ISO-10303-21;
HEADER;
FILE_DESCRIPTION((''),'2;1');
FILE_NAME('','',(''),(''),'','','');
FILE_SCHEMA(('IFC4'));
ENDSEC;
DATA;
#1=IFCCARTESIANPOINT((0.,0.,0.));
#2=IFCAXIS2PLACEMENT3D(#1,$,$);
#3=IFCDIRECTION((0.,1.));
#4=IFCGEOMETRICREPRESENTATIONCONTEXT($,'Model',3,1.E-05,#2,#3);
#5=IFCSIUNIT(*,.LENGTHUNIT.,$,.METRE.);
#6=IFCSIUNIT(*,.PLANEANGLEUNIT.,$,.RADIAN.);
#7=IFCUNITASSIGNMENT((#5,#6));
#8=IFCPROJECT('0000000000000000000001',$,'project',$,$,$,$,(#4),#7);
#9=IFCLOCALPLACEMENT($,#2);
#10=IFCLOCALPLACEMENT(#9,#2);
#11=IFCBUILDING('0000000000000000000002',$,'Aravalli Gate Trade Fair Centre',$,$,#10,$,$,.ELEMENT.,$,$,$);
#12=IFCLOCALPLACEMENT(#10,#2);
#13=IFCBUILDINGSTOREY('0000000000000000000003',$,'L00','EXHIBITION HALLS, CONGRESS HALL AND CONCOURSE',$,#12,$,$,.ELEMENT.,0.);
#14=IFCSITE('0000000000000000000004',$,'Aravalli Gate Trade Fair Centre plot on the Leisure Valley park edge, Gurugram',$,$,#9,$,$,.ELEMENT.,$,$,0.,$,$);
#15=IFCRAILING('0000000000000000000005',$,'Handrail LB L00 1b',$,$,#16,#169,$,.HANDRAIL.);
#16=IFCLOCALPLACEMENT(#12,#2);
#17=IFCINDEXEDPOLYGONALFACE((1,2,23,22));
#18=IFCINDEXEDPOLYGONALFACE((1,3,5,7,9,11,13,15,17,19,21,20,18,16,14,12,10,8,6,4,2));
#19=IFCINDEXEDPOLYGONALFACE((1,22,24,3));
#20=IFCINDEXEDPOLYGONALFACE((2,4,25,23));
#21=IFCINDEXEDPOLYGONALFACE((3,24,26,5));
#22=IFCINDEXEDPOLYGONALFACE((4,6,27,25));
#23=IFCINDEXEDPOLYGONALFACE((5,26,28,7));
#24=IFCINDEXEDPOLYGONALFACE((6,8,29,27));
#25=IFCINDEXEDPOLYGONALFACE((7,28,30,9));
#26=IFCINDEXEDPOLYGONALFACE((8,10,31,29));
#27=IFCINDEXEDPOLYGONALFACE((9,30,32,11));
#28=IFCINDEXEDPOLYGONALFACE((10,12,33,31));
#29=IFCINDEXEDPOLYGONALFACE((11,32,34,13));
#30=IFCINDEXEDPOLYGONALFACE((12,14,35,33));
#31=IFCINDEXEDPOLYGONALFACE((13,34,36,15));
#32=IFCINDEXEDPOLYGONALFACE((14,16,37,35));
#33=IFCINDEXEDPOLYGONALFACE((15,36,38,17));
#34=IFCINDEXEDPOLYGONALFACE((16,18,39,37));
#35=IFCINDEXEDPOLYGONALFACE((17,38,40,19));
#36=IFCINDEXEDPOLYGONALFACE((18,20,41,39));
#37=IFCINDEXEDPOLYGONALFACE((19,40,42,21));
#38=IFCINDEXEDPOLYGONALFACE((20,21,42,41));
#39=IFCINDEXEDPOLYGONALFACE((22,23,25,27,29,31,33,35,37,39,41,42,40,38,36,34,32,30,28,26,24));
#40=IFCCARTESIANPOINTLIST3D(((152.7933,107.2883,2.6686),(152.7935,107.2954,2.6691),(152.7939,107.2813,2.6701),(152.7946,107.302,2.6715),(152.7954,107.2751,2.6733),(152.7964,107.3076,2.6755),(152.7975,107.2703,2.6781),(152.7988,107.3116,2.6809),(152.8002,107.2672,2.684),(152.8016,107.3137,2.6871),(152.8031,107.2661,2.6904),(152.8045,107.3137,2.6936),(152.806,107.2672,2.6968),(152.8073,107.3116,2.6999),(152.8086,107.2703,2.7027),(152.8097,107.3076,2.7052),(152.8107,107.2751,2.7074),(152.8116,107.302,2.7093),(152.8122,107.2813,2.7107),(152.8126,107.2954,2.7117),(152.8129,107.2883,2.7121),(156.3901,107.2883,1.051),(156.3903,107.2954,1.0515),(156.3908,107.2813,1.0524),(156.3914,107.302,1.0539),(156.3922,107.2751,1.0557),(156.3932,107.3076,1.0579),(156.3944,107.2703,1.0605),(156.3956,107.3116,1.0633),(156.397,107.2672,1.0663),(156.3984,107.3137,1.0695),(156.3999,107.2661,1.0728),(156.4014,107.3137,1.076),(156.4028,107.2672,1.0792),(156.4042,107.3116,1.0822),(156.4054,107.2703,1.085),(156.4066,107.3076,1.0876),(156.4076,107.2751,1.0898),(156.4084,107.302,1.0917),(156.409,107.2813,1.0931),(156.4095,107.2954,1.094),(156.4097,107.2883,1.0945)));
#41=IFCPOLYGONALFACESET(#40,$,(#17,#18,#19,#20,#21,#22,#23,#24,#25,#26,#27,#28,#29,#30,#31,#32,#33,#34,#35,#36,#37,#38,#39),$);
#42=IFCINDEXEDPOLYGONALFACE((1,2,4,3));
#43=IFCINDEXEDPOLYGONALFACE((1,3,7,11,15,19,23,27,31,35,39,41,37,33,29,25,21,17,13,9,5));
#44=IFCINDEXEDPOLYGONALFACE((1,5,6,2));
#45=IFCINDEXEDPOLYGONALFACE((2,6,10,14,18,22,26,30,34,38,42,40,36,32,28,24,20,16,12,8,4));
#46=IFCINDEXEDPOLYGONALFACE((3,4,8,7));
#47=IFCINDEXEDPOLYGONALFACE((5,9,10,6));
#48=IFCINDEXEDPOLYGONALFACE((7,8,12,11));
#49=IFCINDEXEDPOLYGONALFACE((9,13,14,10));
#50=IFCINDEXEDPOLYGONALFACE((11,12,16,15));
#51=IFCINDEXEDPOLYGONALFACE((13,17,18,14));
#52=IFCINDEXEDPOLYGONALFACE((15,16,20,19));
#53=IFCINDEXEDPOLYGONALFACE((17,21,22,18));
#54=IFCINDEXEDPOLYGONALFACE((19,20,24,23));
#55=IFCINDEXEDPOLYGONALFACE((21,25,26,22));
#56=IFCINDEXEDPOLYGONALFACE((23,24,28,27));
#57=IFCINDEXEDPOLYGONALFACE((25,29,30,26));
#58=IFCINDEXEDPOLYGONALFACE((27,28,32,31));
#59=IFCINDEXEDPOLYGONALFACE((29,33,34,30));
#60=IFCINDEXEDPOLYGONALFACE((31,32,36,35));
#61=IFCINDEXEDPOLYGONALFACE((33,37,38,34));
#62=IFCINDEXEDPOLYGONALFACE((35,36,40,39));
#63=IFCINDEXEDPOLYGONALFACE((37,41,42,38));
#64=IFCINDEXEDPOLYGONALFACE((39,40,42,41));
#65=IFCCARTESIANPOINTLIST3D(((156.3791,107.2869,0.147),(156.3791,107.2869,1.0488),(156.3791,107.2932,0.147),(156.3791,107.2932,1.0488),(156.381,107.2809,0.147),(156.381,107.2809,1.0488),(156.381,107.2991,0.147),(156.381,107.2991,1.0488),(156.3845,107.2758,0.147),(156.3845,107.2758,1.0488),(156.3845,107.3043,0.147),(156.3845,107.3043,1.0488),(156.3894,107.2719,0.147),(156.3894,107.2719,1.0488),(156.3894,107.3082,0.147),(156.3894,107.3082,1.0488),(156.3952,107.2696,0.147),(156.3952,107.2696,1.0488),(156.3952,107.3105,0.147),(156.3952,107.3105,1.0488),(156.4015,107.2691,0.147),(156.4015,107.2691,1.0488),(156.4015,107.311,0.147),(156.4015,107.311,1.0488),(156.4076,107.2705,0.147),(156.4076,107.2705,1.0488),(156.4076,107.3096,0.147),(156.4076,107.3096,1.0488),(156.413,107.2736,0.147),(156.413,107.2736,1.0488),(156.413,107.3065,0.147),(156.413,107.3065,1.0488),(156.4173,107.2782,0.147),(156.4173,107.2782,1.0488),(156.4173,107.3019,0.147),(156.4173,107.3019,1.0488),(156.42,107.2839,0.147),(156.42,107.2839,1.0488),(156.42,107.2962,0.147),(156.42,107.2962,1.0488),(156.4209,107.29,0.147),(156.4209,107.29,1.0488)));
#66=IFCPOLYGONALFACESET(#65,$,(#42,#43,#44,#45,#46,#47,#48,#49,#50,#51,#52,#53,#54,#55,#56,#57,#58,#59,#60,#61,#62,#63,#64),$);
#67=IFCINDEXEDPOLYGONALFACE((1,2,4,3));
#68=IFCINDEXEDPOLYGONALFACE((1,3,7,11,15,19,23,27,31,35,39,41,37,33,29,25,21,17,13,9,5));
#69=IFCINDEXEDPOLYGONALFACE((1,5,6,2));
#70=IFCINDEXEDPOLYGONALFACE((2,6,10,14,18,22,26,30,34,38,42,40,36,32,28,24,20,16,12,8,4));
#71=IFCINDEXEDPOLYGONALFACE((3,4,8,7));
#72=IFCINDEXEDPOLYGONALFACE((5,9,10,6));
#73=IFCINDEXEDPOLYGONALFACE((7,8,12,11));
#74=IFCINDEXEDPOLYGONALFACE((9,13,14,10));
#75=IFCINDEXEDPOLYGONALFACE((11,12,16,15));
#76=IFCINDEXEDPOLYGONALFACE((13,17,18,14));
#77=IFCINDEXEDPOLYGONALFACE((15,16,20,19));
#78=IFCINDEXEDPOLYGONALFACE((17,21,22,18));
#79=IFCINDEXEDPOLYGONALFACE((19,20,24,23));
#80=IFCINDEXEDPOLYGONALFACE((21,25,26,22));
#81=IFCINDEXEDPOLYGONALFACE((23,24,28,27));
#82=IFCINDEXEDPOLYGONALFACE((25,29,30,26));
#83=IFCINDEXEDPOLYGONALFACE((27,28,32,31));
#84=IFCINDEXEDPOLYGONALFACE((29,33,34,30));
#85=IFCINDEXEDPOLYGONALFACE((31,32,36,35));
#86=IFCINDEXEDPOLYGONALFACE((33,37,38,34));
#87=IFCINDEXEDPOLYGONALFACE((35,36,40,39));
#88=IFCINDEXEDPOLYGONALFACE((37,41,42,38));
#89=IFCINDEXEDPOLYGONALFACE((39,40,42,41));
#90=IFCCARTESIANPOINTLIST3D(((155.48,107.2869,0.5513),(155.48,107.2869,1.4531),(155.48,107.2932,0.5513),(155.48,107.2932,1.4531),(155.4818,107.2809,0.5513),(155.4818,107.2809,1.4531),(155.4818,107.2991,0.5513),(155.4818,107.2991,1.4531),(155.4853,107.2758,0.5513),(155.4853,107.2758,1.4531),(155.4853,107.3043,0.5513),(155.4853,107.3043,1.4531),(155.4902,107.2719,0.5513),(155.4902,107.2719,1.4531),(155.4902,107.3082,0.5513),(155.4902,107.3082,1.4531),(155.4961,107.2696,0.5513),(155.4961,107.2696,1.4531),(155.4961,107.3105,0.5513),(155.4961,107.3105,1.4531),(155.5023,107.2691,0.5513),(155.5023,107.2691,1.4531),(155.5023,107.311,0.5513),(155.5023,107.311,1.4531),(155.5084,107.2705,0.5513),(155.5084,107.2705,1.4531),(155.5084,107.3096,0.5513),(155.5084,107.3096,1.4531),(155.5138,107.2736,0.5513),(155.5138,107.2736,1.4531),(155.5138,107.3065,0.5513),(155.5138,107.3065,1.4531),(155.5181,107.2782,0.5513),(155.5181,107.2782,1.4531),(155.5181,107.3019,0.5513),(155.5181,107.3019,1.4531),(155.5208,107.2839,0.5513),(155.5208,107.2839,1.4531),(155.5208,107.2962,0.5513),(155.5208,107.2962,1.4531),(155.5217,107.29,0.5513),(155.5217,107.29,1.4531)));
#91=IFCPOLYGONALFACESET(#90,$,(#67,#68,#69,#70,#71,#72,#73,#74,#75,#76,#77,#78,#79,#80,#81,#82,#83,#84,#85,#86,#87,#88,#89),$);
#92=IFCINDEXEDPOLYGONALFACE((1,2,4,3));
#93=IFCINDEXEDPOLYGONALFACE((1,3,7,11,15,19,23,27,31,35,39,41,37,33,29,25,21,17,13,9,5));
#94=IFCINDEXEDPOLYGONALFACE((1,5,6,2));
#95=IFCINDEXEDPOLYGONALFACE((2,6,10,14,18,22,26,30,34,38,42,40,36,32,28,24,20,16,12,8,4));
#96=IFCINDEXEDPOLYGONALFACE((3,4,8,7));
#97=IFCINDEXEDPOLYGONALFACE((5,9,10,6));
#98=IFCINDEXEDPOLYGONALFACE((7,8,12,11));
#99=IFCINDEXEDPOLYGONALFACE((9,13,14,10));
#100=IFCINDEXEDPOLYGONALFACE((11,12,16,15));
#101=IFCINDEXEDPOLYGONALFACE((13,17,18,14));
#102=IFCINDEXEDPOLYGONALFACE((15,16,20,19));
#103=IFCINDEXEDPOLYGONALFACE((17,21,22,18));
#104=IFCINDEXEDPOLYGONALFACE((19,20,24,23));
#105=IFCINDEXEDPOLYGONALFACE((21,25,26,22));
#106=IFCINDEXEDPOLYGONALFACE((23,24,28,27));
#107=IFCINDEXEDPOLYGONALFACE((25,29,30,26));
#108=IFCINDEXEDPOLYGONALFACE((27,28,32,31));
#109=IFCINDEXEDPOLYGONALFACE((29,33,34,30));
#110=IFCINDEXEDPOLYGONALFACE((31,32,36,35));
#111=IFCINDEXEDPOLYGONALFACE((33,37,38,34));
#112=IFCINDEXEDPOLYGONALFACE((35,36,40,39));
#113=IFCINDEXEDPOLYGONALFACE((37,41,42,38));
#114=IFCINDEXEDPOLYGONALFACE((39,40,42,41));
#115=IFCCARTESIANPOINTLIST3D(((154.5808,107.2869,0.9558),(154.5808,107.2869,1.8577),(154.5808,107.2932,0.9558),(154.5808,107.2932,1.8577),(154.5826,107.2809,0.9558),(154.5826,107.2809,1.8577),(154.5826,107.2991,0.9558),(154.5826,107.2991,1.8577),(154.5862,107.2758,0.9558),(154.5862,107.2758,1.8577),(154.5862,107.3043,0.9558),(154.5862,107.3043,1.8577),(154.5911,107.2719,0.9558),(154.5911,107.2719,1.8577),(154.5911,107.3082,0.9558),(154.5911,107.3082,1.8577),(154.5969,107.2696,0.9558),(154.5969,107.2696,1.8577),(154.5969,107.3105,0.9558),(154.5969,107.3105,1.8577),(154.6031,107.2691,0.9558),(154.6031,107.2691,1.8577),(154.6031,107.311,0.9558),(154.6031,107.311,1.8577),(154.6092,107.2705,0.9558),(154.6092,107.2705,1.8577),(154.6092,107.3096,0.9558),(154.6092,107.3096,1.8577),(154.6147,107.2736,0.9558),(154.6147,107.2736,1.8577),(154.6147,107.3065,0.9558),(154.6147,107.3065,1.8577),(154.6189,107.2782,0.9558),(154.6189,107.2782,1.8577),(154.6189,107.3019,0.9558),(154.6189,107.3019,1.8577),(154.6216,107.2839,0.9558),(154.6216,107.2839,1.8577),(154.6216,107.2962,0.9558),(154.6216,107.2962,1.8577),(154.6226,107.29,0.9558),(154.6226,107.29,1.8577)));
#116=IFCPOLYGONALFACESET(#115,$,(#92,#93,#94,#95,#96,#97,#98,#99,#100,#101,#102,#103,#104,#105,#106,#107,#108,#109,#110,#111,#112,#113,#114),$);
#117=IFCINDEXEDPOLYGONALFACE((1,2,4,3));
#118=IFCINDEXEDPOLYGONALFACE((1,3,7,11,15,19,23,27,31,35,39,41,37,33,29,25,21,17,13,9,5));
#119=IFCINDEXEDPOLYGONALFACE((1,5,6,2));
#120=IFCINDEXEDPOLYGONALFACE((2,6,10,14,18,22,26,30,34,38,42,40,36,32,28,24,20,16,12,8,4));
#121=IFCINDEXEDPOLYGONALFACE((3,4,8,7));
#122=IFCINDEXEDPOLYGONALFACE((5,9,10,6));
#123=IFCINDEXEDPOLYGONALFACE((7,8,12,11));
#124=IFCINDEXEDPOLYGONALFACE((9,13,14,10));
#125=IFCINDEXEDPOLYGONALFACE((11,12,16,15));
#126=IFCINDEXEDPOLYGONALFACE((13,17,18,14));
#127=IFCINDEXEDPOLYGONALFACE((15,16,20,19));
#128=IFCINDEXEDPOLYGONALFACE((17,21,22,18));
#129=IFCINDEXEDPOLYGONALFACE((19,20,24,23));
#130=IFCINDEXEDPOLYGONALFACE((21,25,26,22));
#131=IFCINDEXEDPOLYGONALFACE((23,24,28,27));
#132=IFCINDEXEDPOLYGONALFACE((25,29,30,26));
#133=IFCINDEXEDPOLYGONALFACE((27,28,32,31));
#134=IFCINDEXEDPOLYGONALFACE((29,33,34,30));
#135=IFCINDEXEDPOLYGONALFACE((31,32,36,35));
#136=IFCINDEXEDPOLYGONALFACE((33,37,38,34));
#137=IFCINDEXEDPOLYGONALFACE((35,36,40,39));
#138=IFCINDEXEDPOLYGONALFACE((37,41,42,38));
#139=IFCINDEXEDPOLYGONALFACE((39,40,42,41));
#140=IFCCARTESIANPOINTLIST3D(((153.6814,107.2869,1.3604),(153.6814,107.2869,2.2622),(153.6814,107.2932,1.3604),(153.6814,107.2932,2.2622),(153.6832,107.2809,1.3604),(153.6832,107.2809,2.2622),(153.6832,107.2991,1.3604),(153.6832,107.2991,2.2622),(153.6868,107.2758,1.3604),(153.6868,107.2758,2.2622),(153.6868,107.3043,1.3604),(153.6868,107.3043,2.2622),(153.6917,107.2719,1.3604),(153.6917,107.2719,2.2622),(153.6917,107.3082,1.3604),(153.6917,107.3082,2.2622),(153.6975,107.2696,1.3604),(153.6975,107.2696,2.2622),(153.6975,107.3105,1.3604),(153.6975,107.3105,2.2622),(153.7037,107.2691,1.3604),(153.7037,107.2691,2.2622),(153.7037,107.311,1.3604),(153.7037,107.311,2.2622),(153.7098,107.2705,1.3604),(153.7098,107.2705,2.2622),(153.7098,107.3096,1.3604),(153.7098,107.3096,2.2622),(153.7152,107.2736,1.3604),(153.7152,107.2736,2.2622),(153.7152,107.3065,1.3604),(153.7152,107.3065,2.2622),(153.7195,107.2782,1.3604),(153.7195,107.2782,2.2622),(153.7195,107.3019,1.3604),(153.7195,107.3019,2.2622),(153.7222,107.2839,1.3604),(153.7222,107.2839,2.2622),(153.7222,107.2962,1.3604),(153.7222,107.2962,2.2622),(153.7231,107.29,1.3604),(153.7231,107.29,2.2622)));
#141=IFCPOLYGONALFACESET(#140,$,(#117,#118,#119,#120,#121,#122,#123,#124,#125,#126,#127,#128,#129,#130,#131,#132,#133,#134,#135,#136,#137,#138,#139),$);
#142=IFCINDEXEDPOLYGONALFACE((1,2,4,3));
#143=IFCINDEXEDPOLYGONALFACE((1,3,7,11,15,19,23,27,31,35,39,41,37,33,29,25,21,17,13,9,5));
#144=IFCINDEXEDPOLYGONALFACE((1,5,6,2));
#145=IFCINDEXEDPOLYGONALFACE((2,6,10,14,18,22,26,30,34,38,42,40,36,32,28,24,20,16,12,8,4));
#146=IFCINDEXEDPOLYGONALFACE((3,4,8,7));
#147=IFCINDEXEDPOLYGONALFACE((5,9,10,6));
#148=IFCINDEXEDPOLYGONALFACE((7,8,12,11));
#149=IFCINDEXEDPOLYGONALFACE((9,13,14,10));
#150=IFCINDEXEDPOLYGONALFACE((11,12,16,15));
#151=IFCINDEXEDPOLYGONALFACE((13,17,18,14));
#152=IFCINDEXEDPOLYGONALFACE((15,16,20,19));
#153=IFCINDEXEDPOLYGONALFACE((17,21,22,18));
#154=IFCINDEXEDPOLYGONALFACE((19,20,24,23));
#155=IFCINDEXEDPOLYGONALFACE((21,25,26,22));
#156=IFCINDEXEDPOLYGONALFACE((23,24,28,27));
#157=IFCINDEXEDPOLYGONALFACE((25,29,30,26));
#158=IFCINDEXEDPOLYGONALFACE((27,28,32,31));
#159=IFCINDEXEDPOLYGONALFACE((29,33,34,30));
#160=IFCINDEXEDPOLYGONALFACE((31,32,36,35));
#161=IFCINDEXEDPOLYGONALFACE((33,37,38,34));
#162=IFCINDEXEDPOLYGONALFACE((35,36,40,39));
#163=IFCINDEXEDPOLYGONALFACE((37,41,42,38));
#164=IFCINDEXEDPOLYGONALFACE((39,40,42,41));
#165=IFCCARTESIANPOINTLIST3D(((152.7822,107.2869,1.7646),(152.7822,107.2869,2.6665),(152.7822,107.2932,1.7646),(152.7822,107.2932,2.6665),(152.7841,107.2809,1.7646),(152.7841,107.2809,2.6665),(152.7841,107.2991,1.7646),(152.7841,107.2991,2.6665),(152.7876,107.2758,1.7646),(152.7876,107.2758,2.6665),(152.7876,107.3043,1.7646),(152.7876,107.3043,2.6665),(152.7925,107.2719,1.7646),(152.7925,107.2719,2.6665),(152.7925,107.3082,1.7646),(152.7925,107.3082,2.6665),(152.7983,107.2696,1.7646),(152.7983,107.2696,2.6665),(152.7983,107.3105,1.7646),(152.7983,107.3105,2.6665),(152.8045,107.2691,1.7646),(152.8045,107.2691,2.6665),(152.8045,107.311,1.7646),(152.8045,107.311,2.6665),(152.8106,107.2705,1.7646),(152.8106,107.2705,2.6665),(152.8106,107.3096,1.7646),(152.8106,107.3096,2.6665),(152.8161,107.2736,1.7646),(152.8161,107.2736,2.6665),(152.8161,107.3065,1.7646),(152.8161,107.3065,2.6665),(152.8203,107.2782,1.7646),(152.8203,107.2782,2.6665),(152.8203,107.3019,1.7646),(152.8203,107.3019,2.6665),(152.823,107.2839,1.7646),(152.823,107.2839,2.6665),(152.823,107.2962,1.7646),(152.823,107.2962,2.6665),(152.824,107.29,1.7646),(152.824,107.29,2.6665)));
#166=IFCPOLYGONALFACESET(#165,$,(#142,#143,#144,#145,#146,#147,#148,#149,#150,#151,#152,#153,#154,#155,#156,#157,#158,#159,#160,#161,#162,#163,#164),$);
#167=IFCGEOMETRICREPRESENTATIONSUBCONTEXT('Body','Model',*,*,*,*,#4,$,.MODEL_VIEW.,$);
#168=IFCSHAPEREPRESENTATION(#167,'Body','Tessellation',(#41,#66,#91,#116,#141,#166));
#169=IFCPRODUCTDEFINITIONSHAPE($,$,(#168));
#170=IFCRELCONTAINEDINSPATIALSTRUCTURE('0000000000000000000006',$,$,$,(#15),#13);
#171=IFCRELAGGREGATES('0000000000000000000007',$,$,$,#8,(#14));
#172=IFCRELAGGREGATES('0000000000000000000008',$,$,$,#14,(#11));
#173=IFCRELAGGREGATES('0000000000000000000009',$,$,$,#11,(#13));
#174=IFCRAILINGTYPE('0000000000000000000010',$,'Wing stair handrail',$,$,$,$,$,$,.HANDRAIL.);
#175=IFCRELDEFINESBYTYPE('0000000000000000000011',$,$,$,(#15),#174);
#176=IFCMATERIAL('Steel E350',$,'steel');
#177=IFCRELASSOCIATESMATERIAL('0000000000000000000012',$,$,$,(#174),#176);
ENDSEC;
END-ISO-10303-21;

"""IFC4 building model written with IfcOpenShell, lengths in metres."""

from ifc_helpers import new_model, si_unit, direction, frame, origin, origin_2d, place, context, subcontext, project, spatial, circle, extrude, material, type_object, element, save


model = new_model("IFC4")

# Units and contexts
model_context = context("Model", 3, precision=1e-05, world=origin(), true_north=direction((0.0, 1.0)))
body_context = subcontext(model_context, "Body", "Model", "MODEL_VIEW")
ifc_project = project(units=[si_unit("LENGTHUNIT", "METRE"), si_unit("PLANEANGLEUNIT", "RADIAN")], contexts=[model_context])

# Site, building, storey
site_placement = place(None, origin())
site = spatial("IfcSite", under=ifc_project, at=site_placement, Name="Aravalli Gate Trade Fair Centre plot on the Leisure Valley park edge, Gurugram", CompositionType="ELEMENT", RefElevation=0.0)
building_placement = place(site_placement, origin())
building = spatial("IfcBuilding", under=site, at=building_placement, Name="Aravalli Gate Trade Fair Centre", CompositionType="ELEMENT")
storey_placement = place(building_placement, origin())
storey = spatial("IfcBuildingStorey", under=building, at=storey_placement, Name="L00", Description="EXHIBITION HALLS, CONGRESS HALL AND CONCOURSE", CompositionType="ELEMENT", Elevation=0.0)

# Shared definitions
ifc_material_1 = material(Name="Steel E350", Category="steel")

# Railing
railing_type_1 = type_object("IfcRailingType", Name="Wing stair handrail", PredefinedType="HANDRAIL", material=ifc_material_1)
for number, where, name in (
    (1, (156.3999, 107.29, 0.147), "Handrail LB L00 1b"),
):
    element("IfcRailing", number, at=place(storey_placement, frame(where)), inside=storey, type_object=railing_type_1, Name=name, PredefinedType="HANDRAIL", context=body_context, shape_type="SweptSolid", body=[
        extrude(circle(Radius=0.0239, at=origin_2d()), frame((0.0, 0.0, 0.9258), z_axis=(-0.912011, 0.0, 0.410166), x_axis=(0.0, -1.0, 0.0)), (0.0, 0.0, 1.0), 3.9438),
        extrude(circle(Radius=0.021, at=origin_2d()), origin(), (0.0, 0.0, 1.0), 0.9019),
        extrude(circle(Radius=0.021, at=origin_2d()), frame((-0.8992, 0.0, 0.4043)), (0.0, 0.0, 1.0), 0.9019),
        extrude(circle(Radius=0.021, at=origin_2d()), frame((-1.7983, 0.0, 0.8088)), (0.0, 0.0, 1.0), 0.9019),
        extrude(circle(Radius=0.021, at=origin_2d()), frame((-2.6978, 0.0, 1.2134)), (0.0, 0.0, 1.0), 0.9019),
        extrude(circle(Radius=0.021, at=origin_2d()), frame((-3.5969, 0.0, 1.6177)), (0.0, 0.0, 1.0), 0.9019),
    ])

save(model, "model.ifc")
